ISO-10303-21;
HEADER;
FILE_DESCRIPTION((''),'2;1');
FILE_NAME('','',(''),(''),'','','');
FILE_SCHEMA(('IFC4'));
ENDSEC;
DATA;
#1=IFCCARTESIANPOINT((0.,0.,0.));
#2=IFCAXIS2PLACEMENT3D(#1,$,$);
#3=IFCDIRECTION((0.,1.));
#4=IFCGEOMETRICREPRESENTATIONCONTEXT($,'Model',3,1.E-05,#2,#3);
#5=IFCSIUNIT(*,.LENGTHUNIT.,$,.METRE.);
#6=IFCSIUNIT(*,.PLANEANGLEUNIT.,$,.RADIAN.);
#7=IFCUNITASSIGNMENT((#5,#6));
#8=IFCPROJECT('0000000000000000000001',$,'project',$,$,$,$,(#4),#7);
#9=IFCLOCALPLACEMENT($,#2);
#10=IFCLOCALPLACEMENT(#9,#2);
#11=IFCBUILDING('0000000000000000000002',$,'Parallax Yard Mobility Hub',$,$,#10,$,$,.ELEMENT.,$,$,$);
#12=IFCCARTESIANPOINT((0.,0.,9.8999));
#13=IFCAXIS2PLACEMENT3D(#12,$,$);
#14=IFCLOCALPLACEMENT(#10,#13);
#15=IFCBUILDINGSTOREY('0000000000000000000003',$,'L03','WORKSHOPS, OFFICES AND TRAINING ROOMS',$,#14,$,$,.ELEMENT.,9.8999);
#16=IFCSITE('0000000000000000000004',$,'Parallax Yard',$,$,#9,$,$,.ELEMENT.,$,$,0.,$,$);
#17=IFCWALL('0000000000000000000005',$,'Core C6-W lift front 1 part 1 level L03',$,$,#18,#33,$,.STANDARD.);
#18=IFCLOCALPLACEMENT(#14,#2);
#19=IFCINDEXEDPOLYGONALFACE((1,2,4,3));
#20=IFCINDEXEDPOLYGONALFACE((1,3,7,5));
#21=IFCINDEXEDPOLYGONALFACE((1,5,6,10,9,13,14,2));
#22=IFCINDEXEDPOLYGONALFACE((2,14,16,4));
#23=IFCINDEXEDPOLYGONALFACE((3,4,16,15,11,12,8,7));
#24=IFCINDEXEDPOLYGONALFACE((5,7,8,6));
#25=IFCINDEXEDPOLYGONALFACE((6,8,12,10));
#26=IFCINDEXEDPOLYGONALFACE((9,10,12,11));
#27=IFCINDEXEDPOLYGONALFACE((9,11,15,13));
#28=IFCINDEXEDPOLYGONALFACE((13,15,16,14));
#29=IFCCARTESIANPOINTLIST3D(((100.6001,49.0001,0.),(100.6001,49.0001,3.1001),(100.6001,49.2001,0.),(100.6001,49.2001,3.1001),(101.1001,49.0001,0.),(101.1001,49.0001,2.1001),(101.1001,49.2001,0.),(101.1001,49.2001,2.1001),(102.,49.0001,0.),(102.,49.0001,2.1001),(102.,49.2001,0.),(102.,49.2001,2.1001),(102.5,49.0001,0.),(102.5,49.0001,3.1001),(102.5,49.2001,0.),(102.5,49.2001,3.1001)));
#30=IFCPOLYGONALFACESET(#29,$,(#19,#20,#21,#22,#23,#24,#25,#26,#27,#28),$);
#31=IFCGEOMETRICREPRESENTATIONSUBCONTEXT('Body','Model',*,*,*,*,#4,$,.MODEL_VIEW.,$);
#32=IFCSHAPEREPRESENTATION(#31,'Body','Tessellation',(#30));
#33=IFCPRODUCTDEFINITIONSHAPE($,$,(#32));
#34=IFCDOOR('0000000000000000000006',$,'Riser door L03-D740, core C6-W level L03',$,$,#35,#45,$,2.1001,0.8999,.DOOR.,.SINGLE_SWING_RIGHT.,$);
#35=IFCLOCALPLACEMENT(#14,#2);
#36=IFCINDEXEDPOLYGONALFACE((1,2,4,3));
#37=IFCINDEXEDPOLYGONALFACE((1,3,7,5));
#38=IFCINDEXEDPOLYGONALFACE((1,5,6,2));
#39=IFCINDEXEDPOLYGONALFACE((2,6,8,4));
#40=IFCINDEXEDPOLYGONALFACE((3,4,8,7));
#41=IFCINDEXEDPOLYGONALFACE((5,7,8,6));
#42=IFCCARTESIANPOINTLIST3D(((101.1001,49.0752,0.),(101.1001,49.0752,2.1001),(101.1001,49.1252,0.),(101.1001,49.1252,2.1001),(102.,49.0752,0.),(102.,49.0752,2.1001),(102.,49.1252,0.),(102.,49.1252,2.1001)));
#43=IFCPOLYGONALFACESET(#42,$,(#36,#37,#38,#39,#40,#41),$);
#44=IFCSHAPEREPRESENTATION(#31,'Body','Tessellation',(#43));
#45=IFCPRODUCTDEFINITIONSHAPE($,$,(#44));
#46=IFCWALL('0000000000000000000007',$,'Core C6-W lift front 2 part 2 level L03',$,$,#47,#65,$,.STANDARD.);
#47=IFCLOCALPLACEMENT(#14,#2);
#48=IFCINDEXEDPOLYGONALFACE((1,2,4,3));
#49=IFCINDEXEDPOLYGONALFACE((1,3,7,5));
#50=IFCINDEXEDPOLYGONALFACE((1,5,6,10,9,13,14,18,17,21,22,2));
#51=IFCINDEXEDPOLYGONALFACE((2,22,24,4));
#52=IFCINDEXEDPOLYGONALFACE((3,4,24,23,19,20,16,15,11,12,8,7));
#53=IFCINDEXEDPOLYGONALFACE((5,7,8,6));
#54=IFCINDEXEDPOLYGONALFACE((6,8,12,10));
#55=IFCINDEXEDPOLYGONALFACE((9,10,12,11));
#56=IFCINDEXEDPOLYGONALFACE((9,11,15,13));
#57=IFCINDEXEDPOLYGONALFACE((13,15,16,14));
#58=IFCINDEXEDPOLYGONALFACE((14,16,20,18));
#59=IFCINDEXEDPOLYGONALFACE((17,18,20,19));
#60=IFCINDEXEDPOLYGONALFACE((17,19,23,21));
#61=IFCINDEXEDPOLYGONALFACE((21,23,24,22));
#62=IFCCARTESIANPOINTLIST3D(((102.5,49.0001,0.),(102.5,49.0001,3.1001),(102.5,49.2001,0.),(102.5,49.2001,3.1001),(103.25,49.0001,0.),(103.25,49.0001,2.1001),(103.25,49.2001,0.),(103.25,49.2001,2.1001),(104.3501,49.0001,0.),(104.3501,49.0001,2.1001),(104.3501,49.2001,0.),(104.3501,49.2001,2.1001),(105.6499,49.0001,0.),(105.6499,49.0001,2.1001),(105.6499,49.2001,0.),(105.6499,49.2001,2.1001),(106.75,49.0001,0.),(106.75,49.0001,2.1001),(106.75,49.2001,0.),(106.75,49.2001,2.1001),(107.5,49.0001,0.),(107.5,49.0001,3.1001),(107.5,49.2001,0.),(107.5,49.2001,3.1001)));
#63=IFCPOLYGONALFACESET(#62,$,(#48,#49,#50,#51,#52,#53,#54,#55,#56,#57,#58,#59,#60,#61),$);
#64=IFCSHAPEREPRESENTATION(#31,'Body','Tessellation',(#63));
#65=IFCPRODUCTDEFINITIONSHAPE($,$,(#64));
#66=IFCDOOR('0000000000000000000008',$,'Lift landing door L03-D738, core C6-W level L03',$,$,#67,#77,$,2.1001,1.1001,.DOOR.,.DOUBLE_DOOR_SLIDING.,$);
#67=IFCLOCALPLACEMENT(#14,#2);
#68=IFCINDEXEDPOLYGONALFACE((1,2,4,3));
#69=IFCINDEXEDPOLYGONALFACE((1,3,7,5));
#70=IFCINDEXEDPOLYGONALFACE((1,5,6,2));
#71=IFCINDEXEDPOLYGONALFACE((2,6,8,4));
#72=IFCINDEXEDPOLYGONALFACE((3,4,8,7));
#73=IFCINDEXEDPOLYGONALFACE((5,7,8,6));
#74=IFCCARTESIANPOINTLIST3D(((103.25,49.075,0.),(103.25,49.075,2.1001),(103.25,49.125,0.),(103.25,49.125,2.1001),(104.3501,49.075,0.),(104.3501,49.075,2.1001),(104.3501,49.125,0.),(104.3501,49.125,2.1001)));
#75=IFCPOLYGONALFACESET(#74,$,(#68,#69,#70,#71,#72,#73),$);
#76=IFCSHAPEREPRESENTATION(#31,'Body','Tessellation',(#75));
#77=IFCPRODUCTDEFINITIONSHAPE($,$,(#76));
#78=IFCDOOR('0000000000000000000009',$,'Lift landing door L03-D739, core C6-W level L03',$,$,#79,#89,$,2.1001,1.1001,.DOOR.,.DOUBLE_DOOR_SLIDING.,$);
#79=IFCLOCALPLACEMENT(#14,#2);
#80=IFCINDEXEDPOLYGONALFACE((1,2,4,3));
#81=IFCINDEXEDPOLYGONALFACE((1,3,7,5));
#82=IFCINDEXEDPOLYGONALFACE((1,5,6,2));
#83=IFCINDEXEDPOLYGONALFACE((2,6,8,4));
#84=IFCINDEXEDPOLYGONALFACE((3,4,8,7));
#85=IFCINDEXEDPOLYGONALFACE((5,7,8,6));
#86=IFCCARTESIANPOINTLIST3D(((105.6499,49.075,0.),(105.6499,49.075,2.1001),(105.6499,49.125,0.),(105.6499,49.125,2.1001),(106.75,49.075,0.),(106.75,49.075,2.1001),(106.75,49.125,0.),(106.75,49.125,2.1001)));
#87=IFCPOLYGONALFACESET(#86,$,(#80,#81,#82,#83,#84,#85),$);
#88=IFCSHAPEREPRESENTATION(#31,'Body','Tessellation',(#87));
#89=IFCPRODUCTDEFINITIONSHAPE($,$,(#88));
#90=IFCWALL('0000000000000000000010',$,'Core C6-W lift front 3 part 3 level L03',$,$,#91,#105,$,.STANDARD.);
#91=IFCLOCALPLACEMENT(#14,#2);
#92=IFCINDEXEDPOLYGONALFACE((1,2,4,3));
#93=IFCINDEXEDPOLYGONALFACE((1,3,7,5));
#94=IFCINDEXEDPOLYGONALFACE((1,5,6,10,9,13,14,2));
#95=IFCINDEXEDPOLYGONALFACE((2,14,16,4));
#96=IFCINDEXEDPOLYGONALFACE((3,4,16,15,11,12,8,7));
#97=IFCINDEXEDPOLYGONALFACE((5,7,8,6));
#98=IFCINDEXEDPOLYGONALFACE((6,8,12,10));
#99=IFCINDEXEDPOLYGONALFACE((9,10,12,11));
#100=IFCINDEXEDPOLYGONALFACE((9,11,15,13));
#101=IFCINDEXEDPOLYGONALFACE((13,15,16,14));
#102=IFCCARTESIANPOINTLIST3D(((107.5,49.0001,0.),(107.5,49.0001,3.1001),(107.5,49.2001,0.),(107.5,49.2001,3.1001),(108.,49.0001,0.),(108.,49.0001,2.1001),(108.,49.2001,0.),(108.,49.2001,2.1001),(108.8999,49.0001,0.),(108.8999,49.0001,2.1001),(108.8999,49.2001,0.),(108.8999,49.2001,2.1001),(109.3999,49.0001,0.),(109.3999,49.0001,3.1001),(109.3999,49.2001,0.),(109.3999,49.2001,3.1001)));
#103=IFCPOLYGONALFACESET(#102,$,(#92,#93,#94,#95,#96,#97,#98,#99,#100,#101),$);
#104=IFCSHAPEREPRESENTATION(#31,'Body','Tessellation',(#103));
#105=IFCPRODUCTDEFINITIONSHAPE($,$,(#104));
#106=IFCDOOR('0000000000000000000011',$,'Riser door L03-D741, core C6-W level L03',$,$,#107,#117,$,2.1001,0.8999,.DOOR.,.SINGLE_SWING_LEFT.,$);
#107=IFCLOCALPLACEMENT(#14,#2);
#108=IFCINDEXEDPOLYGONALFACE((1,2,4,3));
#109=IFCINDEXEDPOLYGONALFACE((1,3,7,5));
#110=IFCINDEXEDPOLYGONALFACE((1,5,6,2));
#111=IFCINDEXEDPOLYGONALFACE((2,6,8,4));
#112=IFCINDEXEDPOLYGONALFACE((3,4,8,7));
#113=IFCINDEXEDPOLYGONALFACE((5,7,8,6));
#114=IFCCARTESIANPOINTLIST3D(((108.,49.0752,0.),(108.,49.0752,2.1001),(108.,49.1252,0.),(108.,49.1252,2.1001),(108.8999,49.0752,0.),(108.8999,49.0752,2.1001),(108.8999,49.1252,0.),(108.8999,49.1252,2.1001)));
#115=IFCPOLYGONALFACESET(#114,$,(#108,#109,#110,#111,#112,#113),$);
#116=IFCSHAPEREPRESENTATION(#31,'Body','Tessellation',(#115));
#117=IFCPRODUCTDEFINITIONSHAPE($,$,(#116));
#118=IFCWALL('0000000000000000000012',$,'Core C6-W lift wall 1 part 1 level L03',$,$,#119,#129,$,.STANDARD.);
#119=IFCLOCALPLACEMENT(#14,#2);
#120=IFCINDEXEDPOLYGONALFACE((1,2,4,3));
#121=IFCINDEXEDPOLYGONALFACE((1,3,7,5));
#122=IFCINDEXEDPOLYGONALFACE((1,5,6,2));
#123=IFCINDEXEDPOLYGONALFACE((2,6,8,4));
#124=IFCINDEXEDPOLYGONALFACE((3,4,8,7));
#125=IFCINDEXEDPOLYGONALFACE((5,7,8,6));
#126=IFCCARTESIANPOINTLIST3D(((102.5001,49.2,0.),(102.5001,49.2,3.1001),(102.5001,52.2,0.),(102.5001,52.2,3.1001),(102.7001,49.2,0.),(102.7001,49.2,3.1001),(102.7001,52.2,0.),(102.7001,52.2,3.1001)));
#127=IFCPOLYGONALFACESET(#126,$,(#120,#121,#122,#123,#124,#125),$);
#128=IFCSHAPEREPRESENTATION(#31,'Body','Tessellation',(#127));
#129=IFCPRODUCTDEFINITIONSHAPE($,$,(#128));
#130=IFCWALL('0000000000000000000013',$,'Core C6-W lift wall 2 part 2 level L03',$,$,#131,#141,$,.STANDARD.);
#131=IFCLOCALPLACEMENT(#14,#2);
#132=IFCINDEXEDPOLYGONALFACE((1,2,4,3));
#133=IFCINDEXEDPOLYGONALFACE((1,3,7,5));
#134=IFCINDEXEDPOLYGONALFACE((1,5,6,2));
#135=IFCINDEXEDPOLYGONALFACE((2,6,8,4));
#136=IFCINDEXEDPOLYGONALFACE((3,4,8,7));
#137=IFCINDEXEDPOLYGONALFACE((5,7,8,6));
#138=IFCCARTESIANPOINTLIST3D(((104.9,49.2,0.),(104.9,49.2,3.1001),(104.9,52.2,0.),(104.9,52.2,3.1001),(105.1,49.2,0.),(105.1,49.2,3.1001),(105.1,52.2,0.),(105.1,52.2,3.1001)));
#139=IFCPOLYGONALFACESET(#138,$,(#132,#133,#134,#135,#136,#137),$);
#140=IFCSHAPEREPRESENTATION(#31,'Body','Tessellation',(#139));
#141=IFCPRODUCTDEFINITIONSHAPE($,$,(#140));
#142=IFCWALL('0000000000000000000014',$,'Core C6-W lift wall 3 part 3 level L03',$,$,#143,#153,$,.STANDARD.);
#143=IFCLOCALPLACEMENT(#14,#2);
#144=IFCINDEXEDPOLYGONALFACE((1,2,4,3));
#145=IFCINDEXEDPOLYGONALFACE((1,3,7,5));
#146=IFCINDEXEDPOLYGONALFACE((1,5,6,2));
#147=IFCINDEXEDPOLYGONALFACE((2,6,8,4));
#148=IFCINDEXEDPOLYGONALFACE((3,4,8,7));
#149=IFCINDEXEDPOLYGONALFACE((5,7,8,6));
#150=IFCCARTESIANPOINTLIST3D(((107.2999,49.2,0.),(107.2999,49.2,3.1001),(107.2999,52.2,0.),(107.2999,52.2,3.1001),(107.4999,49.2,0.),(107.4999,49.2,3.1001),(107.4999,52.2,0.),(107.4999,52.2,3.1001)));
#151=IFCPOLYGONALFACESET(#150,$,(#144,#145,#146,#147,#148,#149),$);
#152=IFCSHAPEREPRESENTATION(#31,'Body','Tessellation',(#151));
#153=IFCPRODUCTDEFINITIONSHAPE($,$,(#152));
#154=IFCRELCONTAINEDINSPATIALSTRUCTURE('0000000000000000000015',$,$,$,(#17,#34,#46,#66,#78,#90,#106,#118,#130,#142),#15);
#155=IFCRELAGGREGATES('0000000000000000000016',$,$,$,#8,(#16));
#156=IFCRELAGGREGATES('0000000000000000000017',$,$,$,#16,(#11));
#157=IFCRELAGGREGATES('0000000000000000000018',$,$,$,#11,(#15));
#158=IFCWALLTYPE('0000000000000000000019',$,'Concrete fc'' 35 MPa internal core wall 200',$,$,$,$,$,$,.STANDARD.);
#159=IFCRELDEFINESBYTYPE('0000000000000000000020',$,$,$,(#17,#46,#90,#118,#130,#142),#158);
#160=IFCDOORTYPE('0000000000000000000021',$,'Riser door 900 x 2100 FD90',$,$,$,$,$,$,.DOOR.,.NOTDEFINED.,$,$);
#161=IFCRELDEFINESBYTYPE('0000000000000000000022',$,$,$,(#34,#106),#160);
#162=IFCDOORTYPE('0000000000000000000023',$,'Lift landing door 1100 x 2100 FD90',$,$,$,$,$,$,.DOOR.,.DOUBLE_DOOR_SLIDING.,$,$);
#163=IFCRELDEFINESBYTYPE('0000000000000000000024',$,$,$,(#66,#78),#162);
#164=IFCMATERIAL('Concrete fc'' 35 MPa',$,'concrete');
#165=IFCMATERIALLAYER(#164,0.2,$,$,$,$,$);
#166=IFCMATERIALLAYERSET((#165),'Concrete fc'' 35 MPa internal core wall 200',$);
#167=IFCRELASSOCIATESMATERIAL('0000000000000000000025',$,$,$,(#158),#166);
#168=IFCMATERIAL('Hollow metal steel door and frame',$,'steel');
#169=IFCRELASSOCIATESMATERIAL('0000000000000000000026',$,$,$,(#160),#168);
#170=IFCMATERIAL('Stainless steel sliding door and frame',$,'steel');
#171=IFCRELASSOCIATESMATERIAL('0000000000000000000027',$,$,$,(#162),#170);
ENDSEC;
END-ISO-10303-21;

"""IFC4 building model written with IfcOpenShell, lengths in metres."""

from ifc_helpers import new_model, si_unit, direction, frame, frame_2d, origin, place, context, subcontext, project, spatial, rectangle, extrude, material, layer, layer_set, type_object, element, fill, save


model = new_model("IFC4")

# Units and contexts
model_context = context("Model", 3, precision=1e-05, world=origin(), true_north=direction((0.0, 1.0)))
body_context = subcontext(model_context, "Body", "Model", "MODEL_VIEW")
ifc_project = project(units=[si_unit("LENGTHUNIT", "METRE"), si_unit("PLANEANGLEUNIT", "RADIAN")], contexts=[model_context])

# Site, building, storey
site_placement = place(None, origin())
site = spatial("IfcSite", under=ifc_project, at=site_placement, Name="Parallax Yard", CompositionType="ELEMENT", RefElevation=0.0)
building_placement = place(site_placement, origin())
building = spatial("IfcBuilding", under=site, at=building_placement, Name="Parallax Yard Mobility Hub", CompositionType="ELEMENT")
storey_placement = place(building_placement, frame((0.0, 0.0, 9.8999)))
storey = spatial("IfcBuildingStorey", under=building, at=storey_placement, Name="L03", Description="WORKSHOPS, OFFICES AND TRAINING ROOMS", CompositionType="ELEMENT", Elevation=9.8999)

# Wall, opening, door
ifc_material_1 = material(Name="Concrete fc' 35 MPa", Category="concrete")
ifc_layer = layer(ifc_material_1, 0.2)
ifc_layer_set = layer_set([ifc_layer], Name="Concrete fc' 35 MPa internal core wall 200")
wall_type = type_object("IfcWallType", Name="Concrete fc' 35 MPa internal core wall 200", PredefinedType="STANDARD", material=ifc_layer_set)
wall_1_placement = place(storey_placement, frame((102.5, 49.1001, 0.0), z_axis=(0.0, 0.0, 1.0), x_axis=(-1.0, 0.0, 0.0)))
wall_1 = element("IfcWall", 1, at=wall_1_placement, inside=storey, type_object=wall_type, Name="Core C6-W lift front 1 part 1 level L03", PredefinedType="STANDARD", context=body_context, shape_type="SweptSolid", body=[
    extrude(rectangle(XDim=1.8999, YDim=0.2, at=frame_2d((0.95, 0.0))), origin(), (0.0, 0.0, 1.0), 3.1001),
])
opening_1_placement = place(wall_1_placement, frame((0.5, 0.0, 0.0)))
opening_1 = element("IfcOpeningElement", 2, at=opening_1_placement, cuts=wall_1, PredefinedType="OPENING", context=body_context, shape_type="SweptSolid", body=[
    extrude(rectangle(XDim=0.8999, YDim=2.1001, at=frame_2d((0.45, 1.05))), frame((0.0, 0.1099, 0.0), z_axis=(0.0, -1.0, 0.0), x_axis=(1.0, 0.0, 0.0)), (0.0, 0.0, 1.0), 0.22),
])
ifc_material_2 = material(Name="Hollow metal steel door and frame", Category="steel")
door_type_1 = type_object("IfcDoorType", Name="Riser door 900 x 2100 FD90", OperationType="NOTDEFINED", PredefinedType="DOOR", material=ifc_material_2)
door_1_placement = place(opening_1_placement, origin())
door_1 = element("IfcDoor", 3, at=door_1_placement, inside=storey, type_object=door_type_1, Name="Riser door L03-D740, core C6-W level L03", OperationType="SINGLE_SWING_RIGHT", OverallHeight=2.1001, OverallWidth=0.8999, PredefinedType="DOOR", context=body_context, shape_type="SweptSolid", body=[
    extrude(rectangle(XDim=0.8999, YDim=2.1001, at=frame_2d((0.45, 1.05))), frame((0.0, 0.0249, 0.0), z_axis=(0.0, -1.0, 0.0), x_axis=(1.0, 0.0, 0.0)), (0.0, 0.0, 1.0), 0.05),
])
fill(opening_1, door_1)

# Wall, openings, doors
wall_2_placement = place(storey_placement, frame((102.5, 49.1001, 0.0), z_axis=(0.0, 0.0, 1.0), x_axis=(1.0, 0.0, 0.0)))
wall_2 = element("IfcWall", 4, at=wall_2_placement, inside=storey, type_object=wall_type, Name="Core C6-W lift front 2 part 2 level L03", PredefinedType="STANDARD", context=body_context, shape_type="SweptSolid", body=[
    extrude(rectangle(XDim=5.0, YDim=0.2, at=frame_2d((2.5, 0.0))), origin(), (0.0, 0.0, 1.0), 3.1001),
])
opening_2_placement = place(wall_2_placement, frame((0.75, 0.0, 0.0)))
opening_2 = element("IfcOpeningElement", 5, at=opening_2_placement, cuts=wall_2, PredefinedType="OPENING", context=body_context, shape_type="SweptSolid", body=[
    extrude(rectangle(XDim=1.1001, YDim=2.1001, at=frame_2d((0.55, 1.05))), frame((0.0, 0.1099, 0.0), z_axis=(0.0, -1.0, 0.0), x_axis=(1.0, 0.0, 0.0)), (0.0, 0.0, 1.0), 0.22),
])
opening_3_placement = place(wall_2_placement, frame((3.1499, 0.0, 0.0)))
opening_3 = element("IfcOpeningElement", 6, at=opening_3_placement, cuts=wall_2, PredefinedType="OPENING", context=body_context, shape_type="SweptSolid", body=[
    extrude(rectangle(XDim=1.1001, YDim=2.1001, at=frame_2d((0.55, 1.05))), frame((0.0, 0.1099, 0.0), z_axis=(0.0, -1.0, 0.0), x_axis=(1.0, 0.0, 0.0)), (0.0, 0.0, 1.0), 0.22),
])
ifc_material_3 = material(Name="Stainless steel sliding door and frame", Category="steel")
door_type_2 = type_object("IfcDoorType", Name="Lift landing door 1100 x 2100 FD90", OperationType="DOUBLE_DOOR_SLIDING", PredefinedType="DOOR", material=ifc_material_3)
door_2_placement = place(opening_2_placement, origin())
door_2 = element("IfcDoor", 7, at=door_2_placement, inside=storey, type_object=door_type_2, Name="Lift landing door L03-D738, core C6-W level L03", OperationType="DOUBLE_DOOR_SLIDING", OverallHeight=2.1001, OverallWidth=1.1001, PredefinedType="DOOR", context=body_context, shape_type="SweptSolid", body=[
    extrude(rectangle(XDim=1.1001, YDim=2.1001, at=frame_2d((0.55, 1.05))), frame((0.0, 0.0249, 0.0), z_axis=(0.0, -1.0, 0.0), x_axis=(1.0, 0.0, 0.0)), (0.0, 0.0, 1.0), 0.05),
])
fill(opening_2, door_2)
door_3_placement = place(opening_3_placement, origin())
door_3 = element("IfcDoor", 8, at=door_3_placement, inside=storey, type_object=door_type_2, Name="Lift landing door L03-D739, core C6-W level L03", OperationType="DOUBLE_DOOR_SLIDING", OverallHeight=2.1001, OverallWidth=1.1001, PredefinedType="DOOR", context=body_context, shape_type="SweptSolid", body=[
    extrude(rectangle(XDim=1.1001, YDim=2.1001, at=frame_2d((0.55, 1.05))), frame((0.0, 0.0249, 0.0), z_axis=(0.0, -1.0, 0.0), x_axis=(1.0, 0.0, 0.0)), (0.0, 0.0, 1.0), 0.05),
])
fill(opening_3, door_3)

# Wall, opening, door
wall_3_placement = place(storey_placement, frame((109.3999, 49.1001, 0.0), z_axis=(0.0, 0.0, 1.0), x_axis=(-1.0, 0.0, 0.0)))
wall_3 = element("IfcWall", 9, at=wall_3_placement, inside=storey, type_object=wall_type, Name="Core C6-W lift front 3 part 3 level L03", PredefinedType="STANDARD", context=body_context, shape_type="SweptSolid", body=[
    extrude(rectangle(XDim=1.8999, YDim=0.2, at=frame_2d((0.95, 0.0))), origin(), (0.0, 0.0, 1.0), 3.1001),
])
opening_4_placement = place(wall_3_placement, frame((0.5, 0.0, 0.0)))
opening_4 = element("IfcOpeningElement", 10, at=opening_4_placement, cuts=wall_3, PredefinedType="OPENING", context=body_context, shape_type="SweptSolid", body=[
    extrude(rectangle(XDim=0.8999, YDim=2.1001, at=frame_2d((0.45, 1.05))), frame((0.0, 0.1099, 0.0), z_axis=(0.0, -1.0, 0.0), x_axis=(1.0, 0.0, 0.0)), (0.0, 0.0, 1.0), 0.22),
])
door_4_placement = place(opening_4_placement, origin())
door_4 = element("IfcDoor", 11, at=door_4_placement, inside=storey, type_object=door_type_1, Name="Riser door L03-D741, core C6-W level L03", OperationType="SINGLE_SWING_LEFT", OverallHeight=2.1001, OverallWidth=0.8999, PredefinedType="DOOR", context=body_context, shape_type="SweptSolid", body=[
    extrude(rectangle(XDim=0.8999, YDim=2.1001, at=frame_2d((0.45, 1.05))), frame((0.0, 0.0249, 0.0), z_axis=(0.0, -1.0, 0.0), x_axis=(1.0, 0.0, 0.0)), (0.0, 0.0, 1.0), 0.05),
])
fill(opening_4, door_4)

# Walls
for number, where, z_axis, x_axis, name in (
    (12, (102.6001, 49.2, 0.0), (0.0, 0.0, 1.0), (0.0, 1.0, 0.0), "Core C6-W lift wall 1 part 1 level L03"),
    (13, (105.0, 49.2, 0.0), (0.0, 0.0, 1.0), (0.0, 1.0, 0.0), "Core C6-W lift wall 2 part 2 level L03"),
    (14, (107.3999, 49.2, 0.0), (0.0, 0.0, 1.0), (0.0, 1.0, 0.0), "Core C6-W lift wall 3 part 3 level L03"),
):
    element("IfcWall", number, at=place(storey_placement, frame(where, z_axis=z_axis, x_axis=x_axis)), inside=storey, type_object=wall_type, Name=name, PredefinedType="STANDARD", context=body_context, shape_type="SweptSolid", body=[
        extrude(rectangle(XDim=3.0, YDim=0.2, at=frame_2d((1.5, 0.0))), origin(), (0.0, 0.0, 1.0), 3.1001),
    ])

save(model, "model.ifc")
